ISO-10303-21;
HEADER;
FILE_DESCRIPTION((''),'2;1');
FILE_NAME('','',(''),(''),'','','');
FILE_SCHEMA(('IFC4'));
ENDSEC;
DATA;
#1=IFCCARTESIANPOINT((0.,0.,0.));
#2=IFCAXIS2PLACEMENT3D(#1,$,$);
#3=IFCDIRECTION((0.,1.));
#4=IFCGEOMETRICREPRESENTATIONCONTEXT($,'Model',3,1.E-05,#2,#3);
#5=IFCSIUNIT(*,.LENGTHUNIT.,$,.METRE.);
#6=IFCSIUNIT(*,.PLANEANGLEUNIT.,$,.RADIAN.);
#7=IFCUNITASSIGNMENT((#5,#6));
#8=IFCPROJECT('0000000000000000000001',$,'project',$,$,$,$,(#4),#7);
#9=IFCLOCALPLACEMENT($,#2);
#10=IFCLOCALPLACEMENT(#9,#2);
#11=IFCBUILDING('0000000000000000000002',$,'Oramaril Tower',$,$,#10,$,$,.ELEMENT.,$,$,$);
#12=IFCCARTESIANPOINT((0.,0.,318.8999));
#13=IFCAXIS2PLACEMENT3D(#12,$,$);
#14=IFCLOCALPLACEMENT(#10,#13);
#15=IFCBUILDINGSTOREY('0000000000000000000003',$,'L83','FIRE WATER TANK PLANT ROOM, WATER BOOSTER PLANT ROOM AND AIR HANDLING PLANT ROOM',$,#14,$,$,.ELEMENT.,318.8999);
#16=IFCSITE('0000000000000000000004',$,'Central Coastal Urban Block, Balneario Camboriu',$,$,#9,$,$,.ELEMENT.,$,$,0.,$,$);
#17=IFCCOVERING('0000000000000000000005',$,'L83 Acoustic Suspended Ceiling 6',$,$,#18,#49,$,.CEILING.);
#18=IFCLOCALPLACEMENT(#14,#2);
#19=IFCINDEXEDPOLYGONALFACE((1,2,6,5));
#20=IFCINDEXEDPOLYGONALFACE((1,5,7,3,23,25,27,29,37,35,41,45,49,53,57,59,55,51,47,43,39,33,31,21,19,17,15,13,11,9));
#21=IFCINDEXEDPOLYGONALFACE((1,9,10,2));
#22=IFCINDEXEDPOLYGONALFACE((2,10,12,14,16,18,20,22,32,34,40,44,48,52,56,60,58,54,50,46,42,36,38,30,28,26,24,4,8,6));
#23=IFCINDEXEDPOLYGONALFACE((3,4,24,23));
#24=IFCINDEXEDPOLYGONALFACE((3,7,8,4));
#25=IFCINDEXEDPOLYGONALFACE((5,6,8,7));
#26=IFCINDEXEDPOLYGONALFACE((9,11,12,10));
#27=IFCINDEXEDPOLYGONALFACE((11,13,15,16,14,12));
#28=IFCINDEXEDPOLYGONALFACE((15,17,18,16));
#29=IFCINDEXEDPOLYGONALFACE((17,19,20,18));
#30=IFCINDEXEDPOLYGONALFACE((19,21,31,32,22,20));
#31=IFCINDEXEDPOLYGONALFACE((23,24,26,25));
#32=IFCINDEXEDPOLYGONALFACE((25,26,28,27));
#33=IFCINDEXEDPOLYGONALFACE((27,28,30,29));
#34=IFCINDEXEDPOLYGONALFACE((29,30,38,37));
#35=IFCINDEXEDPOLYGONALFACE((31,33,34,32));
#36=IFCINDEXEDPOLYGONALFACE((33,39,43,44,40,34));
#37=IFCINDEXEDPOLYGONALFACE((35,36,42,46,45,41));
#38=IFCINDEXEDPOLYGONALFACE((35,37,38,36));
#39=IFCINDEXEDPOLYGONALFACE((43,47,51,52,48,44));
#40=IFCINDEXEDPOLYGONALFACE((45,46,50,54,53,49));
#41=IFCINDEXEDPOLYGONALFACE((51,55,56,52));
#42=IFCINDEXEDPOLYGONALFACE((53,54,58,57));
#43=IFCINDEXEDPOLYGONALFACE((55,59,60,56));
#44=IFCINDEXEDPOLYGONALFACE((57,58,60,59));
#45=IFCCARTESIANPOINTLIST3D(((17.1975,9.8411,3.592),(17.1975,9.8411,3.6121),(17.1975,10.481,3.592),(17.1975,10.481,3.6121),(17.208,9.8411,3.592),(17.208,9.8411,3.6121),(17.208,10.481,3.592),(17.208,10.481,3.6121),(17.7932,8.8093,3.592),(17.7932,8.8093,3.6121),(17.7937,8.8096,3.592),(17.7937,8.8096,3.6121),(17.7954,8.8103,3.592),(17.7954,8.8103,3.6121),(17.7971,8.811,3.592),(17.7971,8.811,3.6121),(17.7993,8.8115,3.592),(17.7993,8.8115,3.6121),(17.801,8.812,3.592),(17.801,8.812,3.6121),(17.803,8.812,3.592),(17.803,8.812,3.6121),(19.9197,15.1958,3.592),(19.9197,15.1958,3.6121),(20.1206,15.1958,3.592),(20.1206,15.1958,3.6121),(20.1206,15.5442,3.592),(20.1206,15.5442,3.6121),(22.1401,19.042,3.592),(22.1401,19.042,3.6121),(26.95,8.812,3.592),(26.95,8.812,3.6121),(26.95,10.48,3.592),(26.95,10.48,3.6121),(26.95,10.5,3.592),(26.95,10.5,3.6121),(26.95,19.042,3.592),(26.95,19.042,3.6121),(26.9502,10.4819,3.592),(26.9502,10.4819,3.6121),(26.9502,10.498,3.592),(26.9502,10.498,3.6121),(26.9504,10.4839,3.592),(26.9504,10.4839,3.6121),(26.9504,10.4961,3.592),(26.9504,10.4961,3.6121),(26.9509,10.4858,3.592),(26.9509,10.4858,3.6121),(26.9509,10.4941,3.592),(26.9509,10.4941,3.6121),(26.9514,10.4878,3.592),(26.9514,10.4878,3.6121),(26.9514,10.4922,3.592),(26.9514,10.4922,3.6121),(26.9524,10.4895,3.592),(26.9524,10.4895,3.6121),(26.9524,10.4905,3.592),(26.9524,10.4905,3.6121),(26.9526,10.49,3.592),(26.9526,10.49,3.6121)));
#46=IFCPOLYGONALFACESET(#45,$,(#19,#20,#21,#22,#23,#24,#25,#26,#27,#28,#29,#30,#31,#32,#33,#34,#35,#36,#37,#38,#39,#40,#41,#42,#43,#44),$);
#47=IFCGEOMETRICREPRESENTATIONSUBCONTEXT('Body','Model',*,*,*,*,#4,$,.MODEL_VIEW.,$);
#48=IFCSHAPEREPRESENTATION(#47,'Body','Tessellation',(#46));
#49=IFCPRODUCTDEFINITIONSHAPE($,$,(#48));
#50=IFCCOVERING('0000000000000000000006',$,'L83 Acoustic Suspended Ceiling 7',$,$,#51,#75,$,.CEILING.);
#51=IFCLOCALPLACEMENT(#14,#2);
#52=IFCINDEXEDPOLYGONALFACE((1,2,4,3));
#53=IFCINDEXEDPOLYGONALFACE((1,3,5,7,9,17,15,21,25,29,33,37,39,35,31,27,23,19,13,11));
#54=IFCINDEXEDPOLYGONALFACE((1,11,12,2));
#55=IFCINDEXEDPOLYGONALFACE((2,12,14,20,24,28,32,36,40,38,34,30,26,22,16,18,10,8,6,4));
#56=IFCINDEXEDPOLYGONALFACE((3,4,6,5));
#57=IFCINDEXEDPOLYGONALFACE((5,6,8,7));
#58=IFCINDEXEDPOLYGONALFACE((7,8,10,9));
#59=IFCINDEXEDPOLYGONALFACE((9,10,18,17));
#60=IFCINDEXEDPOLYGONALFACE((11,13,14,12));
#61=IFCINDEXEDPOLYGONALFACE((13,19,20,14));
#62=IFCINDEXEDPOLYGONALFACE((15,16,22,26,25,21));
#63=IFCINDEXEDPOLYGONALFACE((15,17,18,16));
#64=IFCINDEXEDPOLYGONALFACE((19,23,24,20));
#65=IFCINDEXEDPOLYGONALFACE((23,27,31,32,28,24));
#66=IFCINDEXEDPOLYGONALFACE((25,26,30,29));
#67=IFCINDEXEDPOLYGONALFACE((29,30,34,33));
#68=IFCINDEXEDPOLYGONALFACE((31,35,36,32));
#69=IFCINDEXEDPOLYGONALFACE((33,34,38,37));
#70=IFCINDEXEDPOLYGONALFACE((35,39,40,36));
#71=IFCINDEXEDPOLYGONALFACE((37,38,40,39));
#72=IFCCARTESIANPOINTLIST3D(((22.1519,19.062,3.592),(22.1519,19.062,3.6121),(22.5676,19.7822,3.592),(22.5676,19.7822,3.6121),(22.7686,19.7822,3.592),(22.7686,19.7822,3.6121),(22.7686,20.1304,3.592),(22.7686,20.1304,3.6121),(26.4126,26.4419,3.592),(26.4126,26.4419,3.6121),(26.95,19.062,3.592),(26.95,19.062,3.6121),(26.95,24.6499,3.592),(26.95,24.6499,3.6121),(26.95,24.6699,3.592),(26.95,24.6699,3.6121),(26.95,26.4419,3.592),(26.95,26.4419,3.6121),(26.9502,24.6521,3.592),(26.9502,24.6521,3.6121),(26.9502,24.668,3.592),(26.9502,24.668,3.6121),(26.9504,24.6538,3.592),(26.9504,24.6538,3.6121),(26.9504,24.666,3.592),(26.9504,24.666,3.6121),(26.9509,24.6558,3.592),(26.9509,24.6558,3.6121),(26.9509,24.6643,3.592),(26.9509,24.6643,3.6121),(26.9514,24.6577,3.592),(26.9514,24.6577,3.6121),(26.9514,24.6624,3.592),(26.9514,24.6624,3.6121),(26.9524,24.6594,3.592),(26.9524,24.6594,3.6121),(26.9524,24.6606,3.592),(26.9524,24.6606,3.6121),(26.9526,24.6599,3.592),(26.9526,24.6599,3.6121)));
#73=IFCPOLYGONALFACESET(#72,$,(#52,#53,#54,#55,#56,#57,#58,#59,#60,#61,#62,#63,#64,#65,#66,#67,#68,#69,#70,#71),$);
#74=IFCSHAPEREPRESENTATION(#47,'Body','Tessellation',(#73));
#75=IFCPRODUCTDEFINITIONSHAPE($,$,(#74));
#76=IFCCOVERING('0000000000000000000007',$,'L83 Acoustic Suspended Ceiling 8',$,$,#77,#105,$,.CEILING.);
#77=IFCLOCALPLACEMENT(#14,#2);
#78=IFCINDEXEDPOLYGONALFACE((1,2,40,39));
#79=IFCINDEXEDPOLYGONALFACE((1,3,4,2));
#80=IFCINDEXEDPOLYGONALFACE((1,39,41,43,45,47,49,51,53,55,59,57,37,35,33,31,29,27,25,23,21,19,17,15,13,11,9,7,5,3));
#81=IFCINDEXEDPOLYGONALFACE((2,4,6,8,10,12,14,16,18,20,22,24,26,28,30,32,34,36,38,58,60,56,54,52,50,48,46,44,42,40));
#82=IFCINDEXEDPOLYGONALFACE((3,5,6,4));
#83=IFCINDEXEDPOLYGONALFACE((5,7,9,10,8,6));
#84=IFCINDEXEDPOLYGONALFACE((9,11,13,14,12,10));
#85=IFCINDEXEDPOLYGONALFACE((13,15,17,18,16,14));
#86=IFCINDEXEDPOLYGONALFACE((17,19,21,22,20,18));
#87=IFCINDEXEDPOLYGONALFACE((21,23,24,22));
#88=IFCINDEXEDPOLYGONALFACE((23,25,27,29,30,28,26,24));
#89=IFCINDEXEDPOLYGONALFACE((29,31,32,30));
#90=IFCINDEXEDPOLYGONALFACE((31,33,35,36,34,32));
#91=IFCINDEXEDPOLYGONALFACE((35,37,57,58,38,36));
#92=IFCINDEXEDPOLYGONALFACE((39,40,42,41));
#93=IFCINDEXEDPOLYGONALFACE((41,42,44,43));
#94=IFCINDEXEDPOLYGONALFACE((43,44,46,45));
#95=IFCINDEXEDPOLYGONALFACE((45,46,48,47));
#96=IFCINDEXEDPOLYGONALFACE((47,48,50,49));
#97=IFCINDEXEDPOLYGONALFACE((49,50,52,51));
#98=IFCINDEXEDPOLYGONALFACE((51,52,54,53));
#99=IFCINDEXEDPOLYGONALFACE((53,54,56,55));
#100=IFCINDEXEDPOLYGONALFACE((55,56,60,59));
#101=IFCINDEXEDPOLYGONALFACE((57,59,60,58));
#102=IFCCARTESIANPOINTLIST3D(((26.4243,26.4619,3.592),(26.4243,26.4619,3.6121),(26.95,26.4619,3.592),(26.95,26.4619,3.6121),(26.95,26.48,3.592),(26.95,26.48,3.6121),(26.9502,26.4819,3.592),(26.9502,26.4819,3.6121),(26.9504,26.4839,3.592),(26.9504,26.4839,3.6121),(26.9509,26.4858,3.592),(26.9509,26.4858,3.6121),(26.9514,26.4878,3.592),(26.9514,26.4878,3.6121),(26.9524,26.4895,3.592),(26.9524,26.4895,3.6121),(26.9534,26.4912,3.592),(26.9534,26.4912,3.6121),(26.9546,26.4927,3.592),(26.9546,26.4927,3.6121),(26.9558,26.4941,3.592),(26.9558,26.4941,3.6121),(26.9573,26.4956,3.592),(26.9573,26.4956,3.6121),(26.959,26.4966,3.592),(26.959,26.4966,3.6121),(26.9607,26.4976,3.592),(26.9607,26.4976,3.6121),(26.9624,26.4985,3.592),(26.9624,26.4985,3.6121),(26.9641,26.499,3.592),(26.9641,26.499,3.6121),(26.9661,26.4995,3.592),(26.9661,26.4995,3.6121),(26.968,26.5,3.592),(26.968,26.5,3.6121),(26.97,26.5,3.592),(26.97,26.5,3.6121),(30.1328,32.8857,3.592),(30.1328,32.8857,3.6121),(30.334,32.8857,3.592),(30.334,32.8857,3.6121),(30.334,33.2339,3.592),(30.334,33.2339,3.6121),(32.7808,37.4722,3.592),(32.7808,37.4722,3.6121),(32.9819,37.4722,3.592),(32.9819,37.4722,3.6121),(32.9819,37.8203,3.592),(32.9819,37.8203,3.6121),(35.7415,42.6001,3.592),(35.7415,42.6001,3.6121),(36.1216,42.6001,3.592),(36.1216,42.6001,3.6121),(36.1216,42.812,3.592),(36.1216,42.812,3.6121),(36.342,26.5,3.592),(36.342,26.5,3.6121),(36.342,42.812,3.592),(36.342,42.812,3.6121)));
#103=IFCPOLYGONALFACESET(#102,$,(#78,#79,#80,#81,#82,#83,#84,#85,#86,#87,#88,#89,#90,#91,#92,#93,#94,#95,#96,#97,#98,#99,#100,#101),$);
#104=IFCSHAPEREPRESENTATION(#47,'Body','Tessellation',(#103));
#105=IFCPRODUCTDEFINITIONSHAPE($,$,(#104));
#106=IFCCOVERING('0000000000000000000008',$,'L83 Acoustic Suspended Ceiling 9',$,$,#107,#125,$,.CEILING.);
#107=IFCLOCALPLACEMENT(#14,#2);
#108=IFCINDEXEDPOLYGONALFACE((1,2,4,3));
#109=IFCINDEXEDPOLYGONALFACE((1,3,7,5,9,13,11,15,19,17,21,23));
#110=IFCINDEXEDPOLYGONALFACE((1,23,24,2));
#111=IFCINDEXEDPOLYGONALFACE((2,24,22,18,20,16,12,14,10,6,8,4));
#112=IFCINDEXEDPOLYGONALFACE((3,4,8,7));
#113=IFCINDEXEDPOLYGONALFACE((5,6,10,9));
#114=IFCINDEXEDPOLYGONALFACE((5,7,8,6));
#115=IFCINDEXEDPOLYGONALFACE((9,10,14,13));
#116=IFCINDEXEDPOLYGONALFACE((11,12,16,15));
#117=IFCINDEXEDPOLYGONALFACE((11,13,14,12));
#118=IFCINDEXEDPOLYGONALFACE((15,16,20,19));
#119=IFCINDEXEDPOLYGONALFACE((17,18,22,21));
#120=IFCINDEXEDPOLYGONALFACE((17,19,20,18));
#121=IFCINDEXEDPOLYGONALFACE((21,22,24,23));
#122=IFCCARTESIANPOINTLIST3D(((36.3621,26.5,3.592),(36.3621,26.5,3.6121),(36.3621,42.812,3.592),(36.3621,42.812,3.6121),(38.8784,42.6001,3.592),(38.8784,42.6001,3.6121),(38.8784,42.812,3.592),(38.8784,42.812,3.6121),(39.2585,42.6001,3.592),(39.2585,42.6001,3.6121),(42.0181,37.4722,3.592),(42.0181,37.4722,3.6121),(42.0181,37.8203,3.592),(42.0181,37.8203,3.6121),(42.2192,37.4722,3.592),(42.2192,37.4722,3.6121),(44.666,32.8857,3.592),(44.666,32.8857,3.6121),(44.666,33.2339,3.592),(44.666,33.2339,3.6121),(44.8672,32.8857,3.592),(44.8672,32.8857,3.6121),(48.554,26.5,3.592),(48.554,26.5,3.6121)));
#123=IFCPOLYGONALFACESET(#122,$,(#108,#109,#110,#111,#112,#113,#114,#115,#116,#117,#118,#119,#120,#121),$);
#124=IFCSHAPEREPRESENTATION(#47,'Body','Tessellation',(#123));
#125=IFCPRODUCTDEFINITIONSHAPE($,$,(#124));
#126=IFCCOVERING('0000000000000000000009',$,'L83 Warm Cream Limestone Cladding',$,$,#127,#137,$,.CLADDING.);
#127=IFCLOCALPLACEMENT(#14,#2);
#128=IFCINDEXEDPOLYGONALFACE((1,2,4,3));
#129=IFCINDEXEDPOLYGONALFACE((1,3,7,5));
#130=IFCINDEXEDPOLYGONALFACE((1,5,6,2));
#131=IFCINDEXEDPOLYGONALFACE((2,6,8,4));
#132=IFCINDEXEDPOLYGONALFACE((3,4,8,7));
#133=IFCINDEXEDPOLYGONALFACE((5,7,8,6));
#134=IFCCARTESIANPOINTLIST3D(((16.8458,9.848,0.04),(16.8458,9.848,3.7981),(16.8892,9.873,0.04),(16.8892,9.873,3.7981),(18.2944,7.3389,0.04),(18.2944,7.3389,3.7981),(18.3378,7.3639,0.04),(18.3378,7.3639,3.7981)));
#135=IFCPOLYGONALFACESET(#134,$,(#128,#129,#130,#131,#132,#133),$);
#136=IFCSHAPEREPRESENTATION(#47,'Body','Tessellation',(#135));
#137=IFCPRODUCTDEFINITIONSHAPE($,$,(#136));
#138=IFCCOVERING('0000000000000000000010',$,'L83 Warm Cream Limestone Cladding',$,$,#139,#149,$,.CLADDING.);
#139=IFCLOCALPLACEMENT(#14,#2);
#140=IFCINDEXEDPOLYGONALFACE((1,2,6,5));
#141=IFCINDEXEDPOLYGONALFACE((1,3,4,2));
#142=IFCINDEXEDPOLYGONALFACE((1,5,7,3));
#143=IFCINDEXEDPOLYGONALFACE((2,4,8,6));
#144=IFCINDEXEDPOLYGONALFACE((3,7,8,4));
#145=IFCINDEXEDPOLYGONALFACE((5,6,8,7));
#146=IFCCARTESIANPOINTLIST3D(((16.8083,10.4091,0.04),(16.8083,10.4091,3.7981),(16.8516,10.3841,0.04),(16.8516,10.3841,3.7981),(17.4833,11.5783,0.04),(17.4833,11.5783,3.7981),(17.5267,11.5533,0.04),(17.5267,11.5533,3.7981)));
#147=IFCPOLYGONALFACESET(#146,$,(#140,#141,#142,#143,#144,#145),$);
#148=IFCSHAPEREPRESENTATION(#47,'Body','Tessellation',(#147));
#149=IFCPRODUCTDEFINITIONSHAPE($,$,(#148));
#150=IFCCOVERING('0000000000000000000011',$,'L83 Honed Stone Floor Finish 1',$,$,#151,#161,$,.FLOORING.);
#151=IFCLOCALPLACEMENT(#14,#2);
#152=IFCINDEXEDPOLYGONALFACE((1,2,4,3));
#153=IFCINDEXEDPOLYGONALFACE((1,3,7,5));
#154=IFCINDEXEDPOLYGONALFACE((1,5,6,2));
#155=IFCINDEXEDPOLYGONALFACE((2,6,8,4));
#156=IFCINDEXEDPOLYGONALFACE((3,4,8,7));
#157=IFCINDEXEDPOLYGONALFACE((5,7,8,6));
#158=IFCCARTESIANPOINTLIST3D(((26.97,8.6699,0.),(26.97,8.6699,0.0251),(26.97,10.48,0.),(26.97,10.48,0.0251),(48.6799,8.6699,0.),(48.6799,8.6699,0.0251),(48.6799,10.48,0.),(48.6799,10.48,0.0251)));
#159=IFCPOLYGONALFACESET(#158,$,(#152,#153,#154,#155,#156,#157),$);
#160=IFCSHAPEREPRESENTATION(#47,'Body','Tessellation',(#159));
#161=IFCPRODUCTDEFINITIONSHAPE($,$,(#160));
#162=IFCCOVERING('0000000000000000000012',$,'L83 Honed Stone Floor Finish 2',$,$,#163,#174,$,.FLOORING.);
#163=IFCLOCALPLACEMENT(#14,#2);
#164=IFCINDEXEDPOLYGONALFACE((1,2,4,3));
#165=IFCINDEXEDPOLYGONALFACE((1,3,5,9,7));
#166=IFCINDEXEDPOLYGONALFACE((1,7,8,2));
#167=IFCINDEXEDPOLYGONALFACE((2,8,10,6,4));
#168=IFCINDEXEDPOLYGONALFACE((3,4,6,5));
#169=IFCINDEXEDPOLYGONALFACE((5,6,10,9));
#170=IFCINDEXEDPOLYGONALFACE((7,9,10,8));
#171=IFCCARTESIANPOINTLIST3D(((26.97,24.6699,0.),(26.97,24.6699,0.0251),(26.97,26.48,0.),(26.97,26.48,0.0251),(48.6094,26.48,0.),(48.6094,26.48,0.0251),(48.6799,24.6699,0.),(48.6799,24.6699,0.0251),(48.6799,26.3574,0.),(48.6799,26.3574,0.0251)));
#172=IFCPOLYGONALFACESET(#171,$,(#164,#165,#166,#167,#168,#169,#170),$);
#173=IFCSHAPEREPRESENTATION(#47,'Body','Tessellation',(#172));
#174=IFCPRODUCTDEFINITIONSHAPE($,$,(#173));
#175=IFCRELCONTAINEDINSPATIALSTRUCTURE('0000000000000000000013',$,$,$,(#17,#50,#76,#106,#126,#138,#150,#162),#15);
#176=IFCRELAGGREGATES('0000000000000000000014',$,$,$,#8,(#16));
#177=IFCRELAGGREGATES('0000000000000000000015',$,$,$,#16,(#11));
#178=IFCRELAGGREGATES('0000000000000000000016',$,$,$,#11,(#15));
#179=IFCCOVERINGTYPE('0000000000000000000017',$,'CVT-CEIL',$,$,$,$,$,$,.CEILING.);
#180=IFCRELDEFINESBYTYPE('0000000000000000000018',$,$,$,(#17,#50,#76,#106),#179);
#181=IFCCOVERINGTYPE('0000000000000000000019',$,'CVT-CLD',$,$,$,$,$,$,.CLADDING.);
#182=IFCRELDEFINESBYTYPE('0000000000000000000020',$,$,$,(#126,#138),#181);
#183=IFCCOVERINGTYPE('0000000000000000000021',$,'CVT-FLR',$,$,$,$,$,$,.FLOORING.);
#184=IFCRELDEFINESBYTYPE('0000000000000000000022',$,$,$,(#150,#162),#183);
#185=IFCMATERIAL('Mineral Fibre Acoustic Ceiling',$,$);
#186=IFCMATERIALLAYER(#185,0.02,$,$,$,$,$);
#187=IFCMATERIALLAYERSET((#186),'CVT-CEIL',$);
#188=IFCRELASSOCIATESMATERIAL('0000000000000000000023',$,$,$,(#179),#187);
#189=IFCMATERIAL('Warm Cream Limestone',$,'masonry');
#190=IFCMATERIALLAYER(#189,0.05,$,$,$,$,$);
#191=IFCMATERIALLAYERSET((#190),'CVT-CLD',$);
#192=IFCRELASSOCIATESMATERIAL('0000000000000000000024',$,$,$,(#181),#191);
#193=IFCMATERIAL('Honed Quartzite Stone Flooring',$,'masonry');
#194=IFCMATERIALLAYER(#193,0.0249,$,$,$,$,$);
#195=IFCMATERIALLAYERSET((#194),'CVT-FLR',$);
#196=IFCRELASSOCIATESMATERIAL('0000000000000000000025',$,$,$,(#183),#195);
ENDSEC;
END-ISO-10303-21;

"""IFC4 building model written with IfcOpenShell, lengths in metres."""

from ifc_helpers import new_model, si_unit, direction, frame, origin, origin_2d, place, context, subcontext, project, spatial, polyline, rectangle, outline, extrude, material, layer, layer_set, type_object, element, save


model = new_model("IFC4")

# Units and contexts
model_context = context("Model", 3, precision=1e-05, world=origin(), true_north=direction((0.0, 1.0)))
body_context = subcontext(model_context, "Body", "Model", "MODEL_VIEW")
ifc_project = project(units=[si_unit("LENGTHUNIT", "METRE"), si_unit("PLANEANGLEUNIT", "RADIAN")], contexts=[model_context])

# Site, building, storey
site_placement = place(None, origin())
site = spatial("IfcSite", under=ifc_project, at=site_placement, Name="Central Coastal Urban Block, Balneario Camboriu", CompositionType="ELEMENT", RefElevation=0.0)
building_placement = place(site_placement, origin())
building = spatial("IfcBuilding", under=site, at=building_placement, Name="Oramaril Tower", CompositionType="ELEMENT")
storey_placement = place(building_placement, frame((0.0, 0.0, 318.8999)))
storey = spatial("IfcBuildingStorey", under=building, at=storey_placement, Name="L83", Description="FIRE WATER TANK PLANT ROOM, WATER BOOSTER PLANT ROOM AND AIR HANDLING PLANT ROOM", CompositionType="ELEMENT", Elevation=318.8999)

# Coverings
ifc_material_1 = material(Name="Mineral Fibre Acoustic Ceiling")
ifc_layer_1 = layer(ifc_material_1, 0.02)
ifc_layer_set_1 = layer_set([ifc_layer_1], Name="CVT-CEIL")
covering_type_1 = type_object("IfcCoveringType", Name="CVT-CEIL", PredefinedType="CEILING", material=ifc_layer_set_1)
covering_1_placement = place(storey_placement, frame((0.0, 0.0, 3.592)))
element("IfcCovering", 1, at=covering_1_placement, inside=storey, type_object=covering_type_1, Name="L83 Acoustic Suspended Ceiling 6", PredefinedType="CEILING", context=body_context, shape_type="SweptSolid", body=[
    extrude(outline(polyline([(17.1975, 9.8411), (17.208, 9.8411), (17.208, 10.481), (17.1975, 10.481), (19.9197, 15.1958), (20.1206, 15.1958), (20.1206, 15.5442), (22.1401, 19.042), (26.95, 19.042), (26.95, 10.5), (26.9502, 10.498), (26.9504, 10.4961), (26.9509, 10.4941), (26.9514, 10.4922), (26.9524, 10.4905), (26.9526, 10.49), (26.9524, 10.4895), (26.9514, 10.4878), (26.9509, 10.4858), (26.9504, 10.4839), (26.9502, 10.4819), (26.95, 10.48), (26.95, 8.812), (17.803, 8.812), (17.801, 8.812), (17.7993, 8.8115), (17.7971, 8.811), (17.7954, 8.8103), (17.7937, 8.8096), (17.7932, 8.8093), (17.1975, 9.8411)])), origin(), (0.0, 0.0, 1.0), 0.02),
])
covering_2_placement = place(storey_placement, frame((0.0, 0.0, 3.592)))
element("IfcCovering", 2, at=covering_2_placement, inside=storey, type_object=covering_type_1, Name="L83 Acoustic Suspended Ceiling 7", PredefinedType="CEILING", context=body_context, shape_type="SweptSolid", body=[
    extrude(outline(polyline([(22.5676, 19.7822), (22.7686, 19.7822), (22.7686, 20.1304), (26.4126, 26.4419), (26.95, 26.4419), (26.95, 24.6699), (26.9502, 24.668), (26.9504, 24.666), (26.9509, 24.6643), (26.9514, 24.6624), (26.9524, 24.6606), (26.9526, 24.6599), (26.9524, 24.6594), (26.9514, 24.6577), (26.9509, 24.6558), (26.9504, 24.6538), (26.9502, 24.6521), (26.95, 24.6499), (26.95, 19.062), (22.1519, 19.062), (22.5676, 19.7822)])), origin(), (0.0, 0.0, 1.0), 0.02),
])
covering_3_placement = place(storey_placement, frame((0.0, 0.0, 3.592)))
element("IfcCovering", 3, at=covering_3_placement, inside=storey, type_object=covering_type_1, Name="L83 Acoustic Suspended Ceiling 8", PredefinedType="CEILING", context=body_context, shape_type="SweptSolid", body=[
    extrude(outline(polyline([(30.334, 32.8857), (30.334, 33.2339), (32.7808, 37.4722), (32.9819, 37.4722), (32.9819, 37.8203), (35.7415, 42.6001), (36.1216, 42.6001), (36.1216, 42.812), (36.342, 42.812), (36.342, 26.5), (26.97, 26.5), (26.968, 26.5), (26.9661, 26.4995), (26.9641, 26.499), (26.9624, 26.4985), (26.9607, 26.4976), (26.959, 26.4966), (26.9573, 26.4956), (26.9558, 26.4941), (26.9546, 26.4927), (26.9534, 26.4912), (26.9524, 26.4895), (26.9514, 26.4878), (26.9509, 26.4858), (26.9504, 26.4839), (26.9502, 26.4819), (26.95, 26.48), (26.95, 26.4619), (26.4243, 26.4619), (30.1328, 32.8857), (30.334, 32.8857)])), origin(), (0.0, 0.0, 1.0), 0.02),
])
covering_4_placement = place(storey_placement, frame((0.0, 0.0, 3.592)))
element("IfcCovering", 4, at=covering_4_placement, inside=storey, type_object=covering_type_1, Name="L83 Acoustic Suspended Ceiling 9", PredefinedType="CEILING", context=body_context, shape_type="SweptSolid", body=[
    extrude(outline(polyline([(38.8784, 42.812), (38.8784, 42.6001), (39.2585, 42.6001), (42.0181, 37.8203), (42.0181, 37.4722), (42.2192, 37.4722), (44.666, 33.2339), (44.666, 32.8857), (44.8672, 32.8857), (48.554, 26.5), (36.3621, 26.5), (36.3621, 42.812), (38.8784, 42.812)])), origin(), (0.0, 0.0, 1.0), 0.02),
])
ifc_material_2 = material(Name="Warm Cream Limestone", Category="masonry")
ifc_layer_2 = layer(ifc_material_2, 0.05)
ifc_layer_set_2 = layer_set([ifc_layer_2], Name="CVT-CLD")
covering_type_2 = type_object("IfcCoveringType", Name="CVT-CLD", PredefinedType="CLADDING", material=ifc_layer_set_2)
covering_5_placement = place(storey_placement, frame((17.5918, 8.606, 0.04), z_axis=(0.0, 0.0, 1.0), x_axis=(0.499986, -0.866033, 0.0)))
element("IfcCovering", 5, at=covering_5_placement, inside=storey, type_object=covering_type_2, Name="L83 Warm Cream Limestone Cladding", PredefinedType="CLADDING", context=body_context, shape_type="SweptSolid", body=[
    extrude(rectangle(XDim=2.8972, YDim=0.05, at=origin_2d()), origin(), (0.0, 0.0, 1.0), 3.7581),
])
covering_6_placement = place(storey_placement, frame((17.1675, 10.9812, 0.04), z_axis=(0.0, 0.0, 1.0), x_axis=(-0.5, -0.866025, 0.0)))
element("IfcCovering", 6, at=covering_6_placement, inside=storey, type_object=covering_type_2, Name="L83 Warm Cream Limestone Cladding", PredefinedType="CLADDING", context=body_context, shape_type="SweptSolid", body=[
    extrude(rectangle(XDim=1.3501, YDim=0.05, at=origin_2d()), origin(), (0.0, 0.0, 1.0), 3.7581),
])
ifc_material_3 = material(Name="Honed Quartzite Stone Flooring", Category="masonry")
ifc_layer_3 = layer(ifc_material_3, 0.0249)
ifc_layer_set_3 = layer_set([ifc_layer_3], Name="CVT-FLR")
covering_type_3 = type_object("IfcCoveringType", Name="CVT-FLR", PredefinedType="FLOORING", material=ifc_layer_set_3)
covering_7_placement = place(storey_placement, origin())
element("IfcCovering", 7, at=covering_7_placement, inside=storey, type_object=covering_type_3, Name="L83 Honed Stone Floor Finish 1", PredefinedType="FLOORING", context=body_context, shape_type="SweptSolid", body=[
    extrude(outline(polyline([(48.6799, 10.48), (48.6799, 8.6699), (26.97, 8.6699), (26.97, 10.48), (48.6799, 10.48)])), origin(), (0.0, 0.0, 1.0), 0.0251),
])
covering_8_placement = place(storey_placement, origin())
element("IfcCovering", 8, at=covering_8_placement, inside=storey, type_object=covering_type_3, Name="L83 Honed Stone Floor Finish 2", PredefinedType="FLOORING", context=body_context, shape_type="SweptSolid", body=[
    extrude(outline(polyline([(48.6799, 24.6699), (26.97, 24.6699), (26.97, 26.48), (48.6094, 26.48), (48.6799, 26.3574), (48.6799, 24.6699)])), origin(), (0.0, 0.0, 1.0), 0.0251),
])

save(model, "model.ifc")
